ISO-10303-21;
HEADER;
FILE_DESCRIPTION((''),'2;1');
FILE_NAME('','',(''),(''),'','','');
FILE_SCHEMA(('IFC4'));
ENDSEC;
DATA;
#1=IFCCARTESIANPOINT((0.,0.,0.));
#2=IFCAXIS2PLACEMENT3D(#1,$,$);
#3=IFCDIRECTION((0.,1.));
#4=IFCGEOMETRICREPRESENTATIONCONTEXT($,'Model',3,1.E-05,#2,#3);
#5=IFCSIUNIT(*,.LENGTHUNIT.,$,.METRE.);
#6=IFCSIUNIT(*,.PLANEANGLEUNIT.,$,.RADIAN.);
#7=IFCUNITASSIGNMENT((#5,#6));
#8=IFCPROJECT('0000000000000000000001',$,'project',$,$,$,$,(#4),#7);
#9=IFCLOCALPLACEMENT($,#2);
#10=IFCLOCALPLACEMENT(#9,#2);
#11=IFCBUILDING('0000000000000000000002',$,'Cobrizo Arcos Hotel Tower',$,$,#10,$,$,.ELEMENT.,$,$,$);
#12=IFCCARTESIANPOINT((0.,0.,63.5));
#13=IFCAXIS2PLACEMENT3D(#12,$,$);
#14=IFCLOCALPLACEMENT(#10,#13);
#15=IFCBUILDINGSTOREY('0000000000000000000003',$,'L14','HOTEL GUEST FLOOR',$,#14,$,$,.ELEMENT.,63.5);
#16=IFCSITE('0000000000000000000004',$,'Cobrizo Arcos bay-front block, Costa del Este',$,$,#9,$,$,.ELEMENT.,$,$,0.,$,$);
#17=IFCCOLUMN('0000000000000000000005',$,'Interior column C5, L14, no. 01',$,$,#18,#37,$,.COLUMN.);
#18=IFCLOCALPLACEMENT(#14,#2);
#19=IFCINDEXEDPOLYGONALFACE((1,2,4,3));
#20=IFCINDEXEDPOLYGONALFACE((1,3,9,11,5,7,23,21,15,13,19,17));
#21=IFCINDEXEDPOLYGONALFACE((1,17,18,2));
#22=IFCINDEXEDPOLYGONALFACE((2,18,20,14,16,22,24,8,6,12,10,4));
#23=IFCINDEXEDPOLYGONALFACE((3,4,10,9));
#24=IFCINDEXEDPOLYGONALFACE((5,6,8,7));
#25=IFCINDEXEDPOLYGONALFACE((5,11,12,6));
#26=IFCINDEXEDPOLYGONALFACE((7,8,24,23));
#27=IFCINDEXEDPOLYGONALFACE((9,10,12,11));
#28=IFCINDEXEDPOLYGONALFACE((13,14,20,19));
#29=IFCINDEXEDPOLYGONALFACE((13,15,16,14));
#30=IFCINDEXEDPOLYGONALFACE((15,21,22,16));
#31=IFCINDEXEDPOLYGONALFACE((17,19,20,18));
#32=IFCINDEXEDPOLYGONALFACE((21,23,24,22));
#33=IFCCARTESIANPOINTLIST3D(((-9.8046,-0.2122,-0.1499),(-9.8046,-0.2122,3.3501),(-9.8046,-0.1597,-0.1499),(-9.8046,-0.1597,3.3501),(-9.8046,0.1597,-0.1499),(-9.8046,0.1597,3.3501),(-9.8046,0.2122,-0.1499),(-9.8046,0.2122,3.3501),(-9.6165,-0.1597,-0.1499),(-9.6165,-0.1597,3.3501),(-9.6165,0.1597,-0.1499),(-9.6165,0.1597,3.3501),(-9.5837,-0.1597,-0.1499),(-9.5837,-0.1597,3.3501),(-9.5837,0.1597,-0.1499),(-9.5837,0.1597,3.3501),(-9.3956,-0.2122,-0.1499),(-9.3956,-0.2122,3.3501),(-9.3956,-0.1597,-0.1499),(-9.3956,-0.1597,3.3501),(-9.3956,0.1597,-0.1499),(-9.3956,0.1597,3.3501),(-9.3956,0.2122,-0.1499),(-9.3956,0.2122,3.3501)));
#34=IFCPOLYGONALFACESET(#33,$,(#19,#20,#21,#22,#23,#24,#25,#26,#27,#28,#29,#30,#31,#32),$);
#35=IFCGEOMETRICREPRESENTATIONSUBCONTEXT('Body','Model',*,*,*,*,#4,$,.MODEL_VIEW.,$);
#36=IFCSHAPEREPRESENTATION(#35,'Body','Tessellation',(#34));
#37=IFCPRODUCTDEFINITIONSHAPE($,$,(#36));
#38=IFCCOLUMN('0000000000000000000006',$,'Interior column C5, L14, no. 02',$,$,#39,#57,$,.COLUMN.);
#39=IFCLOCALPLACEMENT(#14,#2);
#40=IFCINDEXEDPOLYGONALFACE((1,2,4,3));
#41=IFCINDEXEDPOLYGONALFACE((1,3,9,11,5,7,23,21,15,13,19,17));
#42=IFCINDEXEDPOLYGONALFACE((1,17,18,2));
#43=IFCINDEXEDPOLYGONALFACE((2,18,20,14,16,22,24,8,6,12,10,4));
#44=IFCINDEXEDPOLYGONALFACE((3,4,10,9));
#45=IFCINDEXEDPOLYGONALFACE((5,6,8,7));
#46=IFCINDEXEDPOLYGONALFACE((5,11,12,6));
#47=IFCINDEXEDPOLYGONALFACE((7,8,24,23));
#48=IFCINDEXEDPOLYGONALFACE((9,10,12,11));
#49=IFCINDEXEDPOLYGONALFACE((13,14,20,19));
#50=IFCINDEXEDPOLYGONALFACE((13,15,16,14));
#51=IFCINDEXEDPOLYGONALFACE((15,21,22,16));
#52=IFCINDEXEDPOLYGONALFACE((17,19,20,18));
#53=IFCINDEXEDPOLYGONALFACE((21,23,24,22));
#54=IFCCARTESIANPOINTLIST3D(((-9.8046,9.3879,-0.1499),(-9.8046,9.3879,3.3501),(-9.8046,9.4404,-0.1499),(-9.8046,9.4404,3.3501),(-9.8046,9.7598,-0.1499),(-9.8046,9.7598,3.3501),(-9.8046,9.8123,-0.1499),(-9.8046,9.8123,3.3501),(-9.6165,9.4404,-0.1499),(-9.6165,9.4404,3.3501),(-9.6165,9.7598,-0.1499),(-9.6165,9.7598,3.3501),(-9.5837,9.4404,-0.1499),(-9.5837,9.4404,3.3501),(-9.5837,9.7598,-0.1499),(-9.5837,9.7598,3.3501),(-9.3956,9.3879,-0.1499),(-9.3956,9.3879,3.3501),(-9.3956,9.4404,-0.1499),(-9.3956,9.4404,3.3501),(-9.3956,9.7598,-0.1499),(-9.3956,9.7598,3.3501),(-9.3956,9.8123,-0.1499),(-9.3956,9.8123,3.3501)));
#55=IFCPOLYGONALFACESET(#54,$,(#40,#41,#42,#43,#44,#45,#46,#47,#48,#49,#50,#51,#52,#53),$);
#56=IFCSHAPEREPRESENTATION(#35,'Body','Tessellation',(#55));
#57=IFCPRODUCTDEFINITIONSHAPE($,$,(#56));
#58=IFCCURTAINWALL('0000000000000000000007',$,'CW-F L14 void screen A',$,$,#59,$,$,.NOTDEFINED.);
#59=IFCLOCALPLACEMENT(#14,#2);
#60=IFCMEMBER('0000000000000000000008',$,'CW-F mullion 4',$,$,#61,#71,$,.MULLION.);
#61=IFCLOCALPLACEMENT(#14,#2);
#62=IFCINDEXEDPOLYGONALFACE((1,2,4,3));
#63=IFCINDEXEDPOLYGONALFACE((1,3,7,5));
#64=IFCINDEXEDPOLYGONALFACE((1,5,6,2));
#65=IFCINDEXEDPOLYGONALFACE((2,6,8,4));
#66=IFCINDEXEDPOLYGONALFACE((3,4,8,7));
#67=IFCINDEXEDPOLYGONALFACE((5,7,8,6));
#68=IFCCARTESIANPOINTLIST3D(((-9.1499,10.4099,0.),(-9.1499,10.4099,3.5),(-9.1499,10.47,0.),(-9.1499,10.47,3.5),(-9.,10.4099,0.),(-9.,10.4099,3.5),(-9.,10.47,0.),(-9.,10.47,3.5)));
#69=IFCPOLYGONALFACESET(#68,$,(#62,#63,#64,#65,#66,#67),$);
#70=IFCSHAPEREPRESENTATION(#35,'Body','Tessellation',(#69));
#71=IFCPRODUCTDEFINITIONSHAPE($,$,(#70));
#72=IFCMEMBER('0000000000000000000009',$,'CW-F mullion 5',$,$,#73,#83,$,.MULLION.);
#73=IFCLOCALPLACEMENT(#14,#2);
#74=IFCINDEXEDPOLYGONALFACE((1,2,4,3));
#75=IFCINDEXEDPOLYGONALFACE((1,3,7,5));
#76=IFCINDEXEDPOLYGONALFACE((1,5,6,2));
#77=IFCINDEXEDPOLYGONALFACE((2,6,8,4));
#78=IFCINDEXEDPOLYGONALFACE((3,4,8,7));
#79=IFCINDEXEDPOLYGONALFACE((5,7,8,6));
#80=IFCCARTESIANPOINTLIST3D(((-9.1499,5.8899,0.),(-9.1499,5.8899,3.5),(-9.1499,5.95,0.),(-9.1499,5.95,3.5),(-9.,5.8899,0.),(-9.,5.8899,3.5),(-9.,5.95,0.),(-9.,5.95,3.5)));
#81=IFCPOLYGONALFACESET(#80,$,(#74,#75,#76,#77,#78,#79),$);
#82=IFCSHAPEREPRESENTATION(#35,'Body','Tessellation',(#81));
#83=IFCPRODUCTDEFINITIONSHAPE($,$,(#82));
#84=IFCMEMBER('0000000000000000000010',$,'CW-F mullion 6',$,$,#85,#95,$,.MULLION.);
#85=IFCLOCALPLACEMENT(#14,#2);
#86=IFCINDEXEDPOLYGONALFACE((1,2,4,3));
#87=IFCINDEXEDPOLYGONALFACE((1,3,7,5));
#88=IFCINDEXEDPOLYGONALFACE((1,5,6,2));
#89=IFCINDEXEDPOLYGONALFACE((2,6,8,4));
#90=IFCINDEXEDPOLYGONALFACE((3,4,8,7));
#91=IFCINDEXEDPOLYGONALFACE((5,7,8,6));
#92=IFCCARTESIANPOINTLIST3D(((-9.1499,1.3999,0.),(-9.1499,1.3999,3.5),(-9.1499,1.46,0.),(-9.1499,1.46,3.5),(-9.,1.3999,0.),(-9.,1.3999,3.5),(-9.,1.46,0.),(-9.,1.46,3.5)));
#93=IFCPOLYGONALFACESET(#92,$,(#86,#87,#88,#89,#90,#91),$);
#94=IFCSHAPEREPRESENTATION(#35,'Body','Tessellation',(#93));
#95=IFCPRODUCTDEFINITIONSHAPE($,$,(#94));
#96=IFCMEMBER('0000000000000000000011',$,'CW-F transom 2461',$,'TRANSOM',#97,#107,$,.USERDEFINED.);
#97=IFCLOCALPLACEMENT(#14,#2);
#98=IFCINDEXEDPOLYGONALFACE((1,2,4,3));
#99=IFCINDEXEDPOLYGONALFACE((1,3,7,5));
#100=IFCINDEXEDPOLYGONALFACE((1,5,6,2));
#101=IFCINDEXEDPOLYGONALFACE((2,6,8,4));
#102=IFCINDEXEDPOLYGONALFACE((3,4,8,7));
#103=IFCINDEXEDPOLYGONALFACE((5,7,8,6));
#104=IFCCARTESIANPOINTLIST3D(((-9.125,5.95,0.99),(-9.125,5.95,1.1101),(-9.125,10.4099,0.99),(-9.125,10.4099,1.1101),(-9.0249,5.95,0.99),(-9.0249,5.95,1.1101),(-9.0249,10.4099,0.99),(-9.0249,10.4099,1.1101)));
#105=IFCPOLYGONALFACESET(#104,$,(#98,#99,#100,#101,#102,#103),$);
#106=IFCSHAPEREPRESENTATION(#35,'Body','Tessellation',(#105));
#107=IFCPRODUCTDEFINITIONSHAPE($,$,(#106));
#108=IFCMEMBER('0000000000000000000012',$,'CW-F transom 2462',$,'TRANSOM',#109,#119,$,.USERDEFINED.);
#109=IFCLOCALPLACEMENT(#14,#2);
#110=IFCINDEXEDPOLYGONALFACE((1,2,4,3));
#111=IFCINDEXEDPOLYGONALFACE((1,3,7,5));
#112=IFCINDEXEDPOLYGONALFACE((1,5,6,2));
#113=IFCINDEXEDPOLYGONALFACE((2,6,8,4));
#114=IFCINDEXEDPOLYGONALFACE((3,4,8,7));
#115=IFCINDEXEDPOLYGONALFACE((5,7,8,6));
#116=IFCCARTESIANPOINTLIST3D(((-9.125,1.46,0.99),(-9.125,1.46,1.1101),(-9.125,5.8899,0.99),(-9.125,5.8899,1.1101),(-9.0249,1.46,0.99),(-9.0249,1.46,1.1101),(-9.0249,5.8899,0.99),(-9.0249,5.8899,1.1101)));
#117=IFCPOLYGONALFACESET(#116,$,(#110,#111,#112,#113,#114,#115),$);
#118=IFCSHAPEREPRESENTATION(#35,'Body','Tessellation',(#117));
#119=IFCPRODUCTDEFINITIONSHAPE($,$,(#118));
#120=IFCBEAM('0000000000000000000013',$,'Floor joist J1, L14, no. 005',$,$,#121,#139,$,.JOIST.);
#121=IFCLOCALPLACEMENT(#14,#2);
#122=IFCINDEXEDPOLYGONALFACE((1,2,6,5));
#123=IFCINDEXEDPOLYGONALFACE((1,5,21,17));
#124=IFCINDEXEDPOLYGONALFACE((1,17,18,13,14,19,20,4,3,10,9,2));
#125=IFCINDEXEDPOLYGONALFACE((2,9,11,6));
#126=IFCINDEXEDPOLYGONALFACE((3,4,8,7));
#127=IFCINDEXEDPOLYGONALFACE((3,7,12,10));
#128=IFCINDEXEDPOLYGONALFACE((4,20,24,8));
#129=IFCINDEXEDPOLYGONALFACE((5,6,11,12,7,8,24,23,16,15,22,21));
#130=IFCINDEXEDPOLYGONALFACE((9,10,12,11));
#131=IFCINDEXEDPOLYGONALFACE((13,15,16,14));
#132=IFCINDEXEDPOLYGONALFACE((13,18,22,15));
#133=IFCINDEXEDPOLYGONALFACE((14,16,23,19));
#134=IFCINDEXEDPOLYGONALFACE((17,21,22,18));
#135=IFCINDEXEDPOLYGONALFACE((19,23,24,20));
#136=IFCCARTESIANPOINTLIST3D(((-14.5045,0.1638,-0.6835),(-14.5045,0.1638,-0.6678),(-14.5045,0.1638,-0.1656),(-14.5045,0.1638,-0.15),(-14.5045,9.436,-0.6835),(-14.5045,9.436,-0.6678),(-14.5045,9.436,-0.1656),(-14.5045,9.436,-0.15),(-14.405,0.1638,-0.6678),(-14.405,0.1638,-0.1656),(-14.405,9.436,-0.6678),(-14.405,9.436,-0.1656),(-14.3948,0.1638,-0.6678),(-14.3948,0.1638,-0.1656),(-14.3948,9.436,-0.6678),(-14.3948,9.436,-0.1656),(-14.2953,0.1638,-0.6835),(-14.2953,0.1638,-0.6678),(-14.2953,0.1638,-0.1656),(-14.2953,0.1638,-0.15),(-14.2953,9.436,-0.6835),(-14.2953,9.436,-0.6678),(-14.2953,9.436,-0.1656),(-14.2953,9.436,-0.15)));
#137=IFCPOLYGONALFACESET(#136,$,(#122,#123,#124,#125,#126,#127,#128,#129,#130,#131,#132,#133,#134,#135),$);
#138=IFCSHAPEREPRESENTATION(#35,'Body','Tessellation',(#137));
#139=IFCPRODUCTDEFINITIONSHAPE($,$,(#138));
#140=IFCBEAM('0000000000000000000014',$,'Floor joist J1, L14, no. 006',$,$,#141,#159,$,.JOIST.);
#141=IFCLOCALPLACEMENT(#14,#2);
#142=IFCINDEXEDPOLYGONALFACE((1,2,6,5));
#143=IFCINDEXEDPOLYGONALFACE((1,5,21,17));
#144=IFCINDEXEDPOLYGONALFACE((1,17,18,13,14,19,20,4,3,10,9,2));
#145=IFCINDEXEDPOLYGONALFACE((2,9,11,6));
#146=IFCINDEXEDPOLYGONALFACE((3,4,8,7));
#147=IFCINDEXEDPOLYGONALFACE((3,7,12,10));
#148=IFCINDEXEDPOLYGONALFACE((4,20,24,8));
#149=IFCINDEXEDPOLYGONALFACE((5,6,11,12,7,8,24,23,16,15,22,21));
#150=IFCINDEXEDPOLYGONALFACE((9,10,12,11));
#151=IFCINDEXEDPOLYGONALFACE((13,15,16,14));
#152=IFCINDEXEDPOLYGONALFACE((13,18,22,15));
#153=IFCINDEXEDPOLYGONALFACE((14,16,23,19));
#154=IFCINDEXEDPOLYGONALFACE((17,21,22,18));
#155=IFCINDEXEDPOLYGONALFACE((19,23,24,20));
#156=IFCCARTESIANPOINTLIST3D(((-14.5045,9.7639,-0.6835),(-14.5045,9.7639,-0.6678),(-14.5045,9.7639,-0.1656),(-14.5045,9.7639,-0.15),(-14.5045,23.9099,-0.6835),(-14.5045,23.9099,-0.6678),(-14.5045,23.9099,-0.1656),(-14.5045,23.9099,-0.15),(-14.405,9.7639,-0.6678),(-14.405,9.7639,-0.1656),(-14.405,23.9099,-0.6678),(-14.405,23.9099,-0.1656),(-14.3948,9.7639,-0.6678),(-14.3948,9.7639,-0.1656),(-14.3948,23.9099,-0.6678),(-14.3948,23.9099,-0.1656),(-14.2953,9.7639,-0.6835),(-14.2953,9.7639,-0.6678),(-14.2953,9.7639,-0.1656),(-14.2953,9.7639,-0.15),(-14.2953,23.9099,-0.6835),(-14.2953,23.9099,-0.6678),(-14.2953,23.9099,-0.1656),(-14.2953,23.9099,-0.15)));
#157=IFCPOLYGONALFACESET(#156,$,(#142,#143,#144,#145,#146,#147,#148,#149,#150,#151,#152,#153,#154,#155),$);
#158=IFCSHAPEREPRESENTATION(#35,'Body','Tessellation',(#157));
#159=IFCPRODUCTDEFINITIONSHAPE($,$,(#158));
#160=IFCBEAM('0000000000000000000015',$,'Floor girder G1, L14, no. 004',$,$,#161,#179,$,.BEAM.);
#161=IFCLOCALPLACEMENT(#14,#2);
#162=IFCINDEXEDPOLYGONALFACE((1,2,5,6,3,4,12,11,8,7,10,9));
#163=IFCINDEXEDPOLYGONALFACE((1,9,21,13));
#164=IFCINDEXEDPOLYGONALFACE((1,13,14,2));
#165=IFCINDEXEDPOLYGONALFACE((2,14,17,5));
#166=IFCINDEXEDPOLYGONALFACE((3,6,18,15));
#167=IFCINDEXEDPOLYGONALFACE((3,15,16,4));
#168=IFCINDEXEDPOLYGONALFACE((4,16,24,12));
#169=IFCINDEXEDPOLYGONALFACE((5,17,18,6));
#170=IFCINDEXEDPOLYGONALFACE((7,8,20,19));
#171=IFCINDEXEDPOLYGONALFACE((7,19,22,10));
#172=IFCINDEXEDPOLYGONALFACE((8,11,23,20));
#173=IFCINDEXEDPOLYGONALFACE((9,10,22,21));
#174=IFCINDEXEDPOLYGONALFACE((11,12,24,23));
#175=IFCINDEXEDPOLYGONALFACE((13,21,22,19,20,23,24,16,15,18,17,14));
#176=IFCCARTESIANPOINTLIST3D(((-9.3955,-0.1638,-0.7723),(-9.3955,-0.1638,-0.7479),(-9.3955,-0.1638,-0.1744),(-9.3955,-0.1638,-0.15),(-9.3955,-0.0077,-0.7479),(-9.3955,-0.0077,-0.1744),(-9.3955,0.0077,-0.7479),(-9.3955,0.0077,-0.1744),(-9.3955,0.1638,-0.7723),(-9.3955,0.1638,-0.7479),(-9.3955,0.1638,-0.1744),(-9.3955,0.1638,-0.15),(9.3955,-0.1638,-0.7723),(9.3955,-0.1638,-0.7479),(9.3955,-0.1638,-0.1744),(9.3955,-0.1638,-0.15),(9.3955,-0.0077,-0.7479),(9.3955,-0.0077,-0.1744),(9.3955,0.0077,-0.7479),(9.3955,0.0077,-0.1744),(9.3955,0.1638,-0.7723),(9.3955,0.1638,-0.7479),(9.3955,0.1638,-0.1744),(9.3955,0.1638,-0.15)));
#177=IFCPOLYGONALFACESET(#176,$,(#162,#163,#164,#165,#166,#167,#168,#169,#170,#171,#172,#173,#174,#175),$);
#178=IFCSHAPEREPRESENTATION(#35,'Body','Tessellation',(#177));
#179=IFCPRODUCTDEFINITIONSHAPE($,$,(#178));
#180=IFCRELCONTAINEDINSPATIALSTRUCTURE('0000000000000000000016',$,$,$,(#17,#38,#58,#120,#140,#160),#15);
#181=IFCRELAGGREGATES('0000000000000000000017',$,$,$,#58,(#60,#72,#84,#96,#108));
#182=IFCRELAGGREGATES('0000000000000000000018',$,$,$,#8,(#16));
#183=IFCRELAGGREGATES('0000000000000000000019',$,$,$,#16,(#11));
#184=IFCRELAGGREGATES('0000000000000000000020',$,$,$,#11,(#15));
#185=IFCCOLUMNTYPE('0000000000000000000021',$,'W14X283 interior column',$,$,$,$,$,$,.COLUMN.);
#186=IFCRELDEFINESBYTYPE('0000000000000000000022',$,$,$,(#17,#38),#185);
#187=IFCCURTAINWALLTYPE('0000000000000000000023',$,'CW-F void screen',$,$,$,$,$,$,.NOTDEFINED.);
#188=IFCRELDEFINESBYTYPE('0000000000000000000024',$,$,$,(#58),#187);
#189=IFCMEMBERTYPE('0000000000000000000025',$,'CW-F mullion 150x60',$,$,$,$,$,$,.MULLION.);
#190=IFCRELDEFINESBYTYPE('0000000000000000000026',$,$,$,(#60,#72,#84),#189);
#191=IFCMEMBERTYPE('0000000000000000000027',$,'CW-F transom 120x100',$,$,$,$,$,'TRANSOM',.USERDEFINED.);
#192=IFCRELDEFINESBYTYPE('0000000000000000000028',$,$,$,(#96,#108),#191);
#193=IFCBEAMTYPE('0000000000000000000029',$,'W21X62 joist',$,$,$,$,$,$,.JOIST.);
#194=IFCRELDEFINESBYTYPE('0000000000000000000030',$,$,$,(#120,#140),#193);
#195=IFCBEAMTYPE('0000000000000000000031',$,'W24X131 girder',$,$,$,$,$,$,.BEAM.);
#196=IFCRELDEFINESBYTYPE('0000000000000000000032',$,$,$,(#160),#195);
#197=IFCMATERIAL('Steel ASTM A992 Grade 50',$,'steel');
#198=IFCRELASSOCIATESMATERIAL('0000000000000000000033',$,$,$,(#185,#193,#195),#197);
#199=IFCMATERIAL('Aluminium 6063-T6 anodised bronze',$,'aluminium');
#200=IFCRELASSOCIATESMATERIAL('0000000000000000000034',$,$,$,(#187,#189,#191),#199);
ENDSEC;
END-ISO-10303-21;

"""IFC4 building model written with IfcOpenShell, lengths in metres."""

from ifc_helpers import new_model, si_unit, direction, frame, origin, origin_2d, place, context, subcontext, project, spatial, rectangle, i_section, extrude, material, material_profile, profile_set, type_object, element, aggregate, save


model = new_model("IFC4")

# Units and contexts
model_context = context("Model", 3, precision=1e-05, world=origin(), true_north=direction((0.0, 1.0)))
body_context = subcontext(model_context, "Body", "Model", "MODEL_VIEW")
ifc_project = project(units=[si_unit("LENGTHUNIT", "METRE"), si_unit("PLANEANGLEUNIT", "RADIAN")], contexts=[model_context])

# Site, building, storey
site_placement = place(None, origin())
site = spatial("IfcSite", under=ifc_project, at=site_placement, Name="Cobrizo Arcos bay-front block, Costa del Este", CompositionType="ELEMENT", RefElevation=0.0)
building_placement = place(site_placement, origin())
building = spatial("IfcBuilding", under=site, at=building_placement, Name="Cobrizo Arcos Hotel Tower", CompositionType="ELEMENT")
storey_placement = place(building_placement, frame((0.0, 0.0, 63.5)))
storey = spatial("IfcBuildingStorey", under=building, at=storey_placement, Name="L14", Description="HOTEL GUEST FLOOR", CompositionType="ELEMENT", Elevation=63.5)

# Columns
ifc_material_1 = material(Name="Steel ASTM A992 Grade 50", Category="steel")
ifc_material_profile_1 = material_profile(ifc_material_1, i_section(OverallWidth=0.4089, OverallDepth=0.4243, WebThickness=0.0327, FlangeThickness=0.0525, at=origin_2d()), Name="W14X283")
ifc_profile_set_1 = profile_set([ifc_material_profile_1], Name="Steel ASTM A992 Grade 50")
column_type = type_object("IfcColumnType", Name="W14X283 interior column", PredefinedType="COLUMN", material=ifc_profile_set_1)
for number, where, z_axis, x_axis, name in (
    (1, (-9.6001, 0.0, -0.1499), (0.0, 0.0, 1.0), (1.0, 0.0, 0.0), "Interior column C5, L14, no. 01"),
    (2, (-9.6001, 9.6001, -0.1499), (0.0, 0.0, 1.0), (1.0, 0.0, 0.0), "Interior column C5, L14, no. 02"),
):
    element("IfcColumn", number, at=place(storey_placement, frame(where, z_axis=z_axis, x_axis=x_axis)), inside=storey, type_object=column_type, Name=name, PredefinedType="COLUMN", context=body_context, shape_type="SweptSolid", body=[
        extrude(i_section(OverallWidth=0.4089, OverallDepth=0.4243, WebThickness=0.0327, FlangeThickness=0.0525, at=origin_2d()), origin(), (0.0, 0.0, 1.0), 3.5),
    ])

# Curtain wall, members
ifc_material_2 = material(Name="Aluminium 6063-T6 anodised bronze", Category="aluminium")
curtain_wall_type = type_object("IfcCurtainWallType", Name="CW-F void screen", PredefinedType="NOTDEFINED", material=ifc_material_2)
curtain_wall_placement = place(storey_placement, origin())
curtain_wall = element("IfcCurtainWall", 3, at=curtain_wall_placement, inside=storey, type_object=curtain_wall_type, Name="CW-F L14 void screen A", PredefinedType="NOTDEFINED")
ifc_material_profile_2 = material_profile(ifc_material_2, rectangle(XDim=0.1499, YDim=0.0601, at=origin_2d()), Name="CW-F mullion 150x60")
ifc_profile_set_2 = profile_set([ifc_material_profile_2], Name="Aluminium 6063-T6 anodised bronze")
member_type_1 = type_object("IfcMemberType", Name="CW-F mullion 150x60", PredefinedType="MULLION", material=ifc_profile_set_2)
member_1_placement = place(storey_placement, frame((-9.075, 10.4399, 0.0), z_axis=(0.0, 0.0, 1.0), x_axis=(-1.0, 0.0, 0.0)))
member_1 = element("IfcMember", 4, at=member_1_placement, type_object=member_type_1, Name="CW-F mullion 4", PredefinedType="MULLION", context=body_context, shape_type="SweptSolid", body=[
    extrude(rectangle(XDim=0.1499, YDim=0.0601, at=origin_2d()), origin(), (0.0, 0.0, 1.0), 3.5),
])
member_2_placement = place(storey_placement, frame((-9.075, 5.9199, 0.0), z_axis=(0.0, 0.0, 1.0), x_axis=(-1.0, 0.0, 0.0)))
member_2 = element("IfcMember", 5, at=member_2_placement, type_object=member_type_1, Name="CW-F mullion 5", PredefinedType="MULLION", context=body_context, shape_type="SweptSolid", body=[
    extrude(rectangle(XDim=0.1499, YDim=0.0601, at=origin_2d()), origin(), (0.0, 0.0, 1.0), 3.5),
])
member_3_placement = place(storey_placement, frame((-9.075, 1.4299, 0.0), z_axis=(0.0, 0.0, 1.0), x_axis=(-1.0, 0.0, 0.0)))
member_3 = element("IfcMember", 6, at=member_3_placement, type_object=member_type_1, Name="CW-F mullion 6", PredefinedType="MULLION", context=body_context, shape_type="SweptSolid", body=[
    extrude(rectangle(XDim=0.1499, YDim=0.0601, at=origin_2d()), origin(), (0.0, 0.0, 1.0), 3.5),
])
ifc_material_profile_3 = material_profile(ifc_material_2, rectangle(XDim=0.1001, YDim=0.1201, at=origin_2d()), Name="CW-F transom 120x100")
ifc_profile_set_3 = profile_set([ifc_material_profile_3], Name="Aluminium 6063-T6 anodised bronze")
member_type_2 = type_object("IfcMemberType", Name="CW-F transom 120x100", ElementType="TRANSOM", PredefinedType="USERDEFINED", material=ifc_profile_set_3)
member_4_placement = place(storey_placement, frame((-9.075, 10.4099, 1.05), z_axis=(0.0, -1.0, 0.0), x_axis=(1.0, 0.0, 0.0)))
member_4 = element("IfcMember", 7, at=member_4_placement, type_object=member_type_2, Name="CW-F transom 2461", ObjectType="TRANSOM", PredefinedType="USERDEFINED", context=body_context, shape_type="SweptSolid", body=[
    extrude(rectangle(XDim=0.1001, YDim=0.1201, at=origin_2d()), origin(), (0.0, 0.0, 1.0), 4.46),
])
member_5_placement = place(storey_placement, frame((-9.075, 5.8899, 1.05), z_axis=(0.0, -1.0, 0.0), x_axis=(1.0, 0.0, 0.0)))
member_5 = element("IfcMember", 8, at=member_5_placement, type_object=member_type_2, Name="CW-F transom 2462", ObjectType="TRANSOM", PredefinedType="USERDEFINED", context=body_context, shape_type="SweptSolid", body=[
    extrude(rectangle(XDim=0.1001, YDim=0.1201, at=origin_2d()), origin(), (0.0, 0.0, 1.0), 4.4299),
])

# Beams
ifc_material_profile_4 = material_profile(ifc_material_1, i_section(OverallWidth=0.2092, OverallDepth=0.5334, WebThickness=0.0103, FlangeThickness=0.0156, at=origin_2d()), Name="W21X62")
ifc_profile_set_4 = profile_set([ifc_material_profile_4], Name="Steel ASTM A992 Grade 50")
beam_type_1 = type_object("IfcBeamType", Name="W21X62 joist", PredefinedType="JOIST", material=ifc_profile_set_4)
beam_1_placement = place(storey_placement, frame((-14.3999, 0.1638, -0.4167), z_axis=(0.0, 1.0, 0.0), x_axis=(-1.0, 0.0, 0.0)))
element("IfcBeam", 9, at=beam_1_placement, inside=storey, type_object=beam_type_1, Name="Floor joist J1, L14, no. 005", PredefinedType="JOIST", context=body_context, shape_type="SweptSolid", body=[
    extrude(i_section(OverallWidth=0.2092, OverallDepth=0.5334, WebThickness=0.0103, FlangeThickness=0.0156, at=origin_2d()), origin(), (0.0, 0.0, 1.0), 9.2722),
])
beam_2_placement = place(storey_placement, frame((-14.3999, 9.7639, -0.4167), z_axis=(0.0, 1.0, 0.0), x_axis=(-1.0, 0.0, 0.0)))
element("IfcBeam", 10, at=beam_2_placement, inside=storey, type_object=beam_type_1, Name="Floor joist J1, L14, no. 006", PredefinedType="JOIST", context=body_context, shape_type="SweptSolid", body=[
    extrude(i_section(OverallWidth=0.2092, OverallDepth=0.5334, WebThickness=0.0103, FlangeThickness=0.0156, at=origin_2d()), origin(), (0.0, 0.0, 1.0), 14.146),
])
ifc_material_profile_5 = material_profile(ifc_material_1, i_section(OverallWidth=0.3276, OverallDepth=0.6223, WebThickness=0.0154, FlangeThickness=0.0244, at=origin_2d()), Name="W24X131")
ifc_profile_set_5 = profile_set([ifc_material_profile_5], Name="Steel ASTM A992 Grade 50")
beam_type_2 = type_object("IfcBeamType", Name="W24X131 girder", PredefinedType="BEAM", material=ifc_profile_set_5)
beam_3_placement = place(storey_placement, frame((-9.3955, 0.0, -0.4612), z_axis=(1.0, 0.0, 0.0), x_axis=(0.0, 1.0, 0.0)))
element("IfcBeam", 11, at=beam_3_placement, inside=storey, type_object=beam_type_2, Name="Floor girder G1, L14, no. 004", PredefinedType="BEAM", context=body_context, shape_type="SweptSolid", body=[
    extrude(i_section(OverallWidth=0.3276, OverallDepth=0.6223, WebThickness=0.0154, FlangeThickness=0.0244, at=origin_2d()), origin(), (0.0, 0.0, 1.0), 18.791),
])

aggregate(curtain_wall, [member_1, member_2, member_3, member_4, member_5])

save(model, "model.ifc")
